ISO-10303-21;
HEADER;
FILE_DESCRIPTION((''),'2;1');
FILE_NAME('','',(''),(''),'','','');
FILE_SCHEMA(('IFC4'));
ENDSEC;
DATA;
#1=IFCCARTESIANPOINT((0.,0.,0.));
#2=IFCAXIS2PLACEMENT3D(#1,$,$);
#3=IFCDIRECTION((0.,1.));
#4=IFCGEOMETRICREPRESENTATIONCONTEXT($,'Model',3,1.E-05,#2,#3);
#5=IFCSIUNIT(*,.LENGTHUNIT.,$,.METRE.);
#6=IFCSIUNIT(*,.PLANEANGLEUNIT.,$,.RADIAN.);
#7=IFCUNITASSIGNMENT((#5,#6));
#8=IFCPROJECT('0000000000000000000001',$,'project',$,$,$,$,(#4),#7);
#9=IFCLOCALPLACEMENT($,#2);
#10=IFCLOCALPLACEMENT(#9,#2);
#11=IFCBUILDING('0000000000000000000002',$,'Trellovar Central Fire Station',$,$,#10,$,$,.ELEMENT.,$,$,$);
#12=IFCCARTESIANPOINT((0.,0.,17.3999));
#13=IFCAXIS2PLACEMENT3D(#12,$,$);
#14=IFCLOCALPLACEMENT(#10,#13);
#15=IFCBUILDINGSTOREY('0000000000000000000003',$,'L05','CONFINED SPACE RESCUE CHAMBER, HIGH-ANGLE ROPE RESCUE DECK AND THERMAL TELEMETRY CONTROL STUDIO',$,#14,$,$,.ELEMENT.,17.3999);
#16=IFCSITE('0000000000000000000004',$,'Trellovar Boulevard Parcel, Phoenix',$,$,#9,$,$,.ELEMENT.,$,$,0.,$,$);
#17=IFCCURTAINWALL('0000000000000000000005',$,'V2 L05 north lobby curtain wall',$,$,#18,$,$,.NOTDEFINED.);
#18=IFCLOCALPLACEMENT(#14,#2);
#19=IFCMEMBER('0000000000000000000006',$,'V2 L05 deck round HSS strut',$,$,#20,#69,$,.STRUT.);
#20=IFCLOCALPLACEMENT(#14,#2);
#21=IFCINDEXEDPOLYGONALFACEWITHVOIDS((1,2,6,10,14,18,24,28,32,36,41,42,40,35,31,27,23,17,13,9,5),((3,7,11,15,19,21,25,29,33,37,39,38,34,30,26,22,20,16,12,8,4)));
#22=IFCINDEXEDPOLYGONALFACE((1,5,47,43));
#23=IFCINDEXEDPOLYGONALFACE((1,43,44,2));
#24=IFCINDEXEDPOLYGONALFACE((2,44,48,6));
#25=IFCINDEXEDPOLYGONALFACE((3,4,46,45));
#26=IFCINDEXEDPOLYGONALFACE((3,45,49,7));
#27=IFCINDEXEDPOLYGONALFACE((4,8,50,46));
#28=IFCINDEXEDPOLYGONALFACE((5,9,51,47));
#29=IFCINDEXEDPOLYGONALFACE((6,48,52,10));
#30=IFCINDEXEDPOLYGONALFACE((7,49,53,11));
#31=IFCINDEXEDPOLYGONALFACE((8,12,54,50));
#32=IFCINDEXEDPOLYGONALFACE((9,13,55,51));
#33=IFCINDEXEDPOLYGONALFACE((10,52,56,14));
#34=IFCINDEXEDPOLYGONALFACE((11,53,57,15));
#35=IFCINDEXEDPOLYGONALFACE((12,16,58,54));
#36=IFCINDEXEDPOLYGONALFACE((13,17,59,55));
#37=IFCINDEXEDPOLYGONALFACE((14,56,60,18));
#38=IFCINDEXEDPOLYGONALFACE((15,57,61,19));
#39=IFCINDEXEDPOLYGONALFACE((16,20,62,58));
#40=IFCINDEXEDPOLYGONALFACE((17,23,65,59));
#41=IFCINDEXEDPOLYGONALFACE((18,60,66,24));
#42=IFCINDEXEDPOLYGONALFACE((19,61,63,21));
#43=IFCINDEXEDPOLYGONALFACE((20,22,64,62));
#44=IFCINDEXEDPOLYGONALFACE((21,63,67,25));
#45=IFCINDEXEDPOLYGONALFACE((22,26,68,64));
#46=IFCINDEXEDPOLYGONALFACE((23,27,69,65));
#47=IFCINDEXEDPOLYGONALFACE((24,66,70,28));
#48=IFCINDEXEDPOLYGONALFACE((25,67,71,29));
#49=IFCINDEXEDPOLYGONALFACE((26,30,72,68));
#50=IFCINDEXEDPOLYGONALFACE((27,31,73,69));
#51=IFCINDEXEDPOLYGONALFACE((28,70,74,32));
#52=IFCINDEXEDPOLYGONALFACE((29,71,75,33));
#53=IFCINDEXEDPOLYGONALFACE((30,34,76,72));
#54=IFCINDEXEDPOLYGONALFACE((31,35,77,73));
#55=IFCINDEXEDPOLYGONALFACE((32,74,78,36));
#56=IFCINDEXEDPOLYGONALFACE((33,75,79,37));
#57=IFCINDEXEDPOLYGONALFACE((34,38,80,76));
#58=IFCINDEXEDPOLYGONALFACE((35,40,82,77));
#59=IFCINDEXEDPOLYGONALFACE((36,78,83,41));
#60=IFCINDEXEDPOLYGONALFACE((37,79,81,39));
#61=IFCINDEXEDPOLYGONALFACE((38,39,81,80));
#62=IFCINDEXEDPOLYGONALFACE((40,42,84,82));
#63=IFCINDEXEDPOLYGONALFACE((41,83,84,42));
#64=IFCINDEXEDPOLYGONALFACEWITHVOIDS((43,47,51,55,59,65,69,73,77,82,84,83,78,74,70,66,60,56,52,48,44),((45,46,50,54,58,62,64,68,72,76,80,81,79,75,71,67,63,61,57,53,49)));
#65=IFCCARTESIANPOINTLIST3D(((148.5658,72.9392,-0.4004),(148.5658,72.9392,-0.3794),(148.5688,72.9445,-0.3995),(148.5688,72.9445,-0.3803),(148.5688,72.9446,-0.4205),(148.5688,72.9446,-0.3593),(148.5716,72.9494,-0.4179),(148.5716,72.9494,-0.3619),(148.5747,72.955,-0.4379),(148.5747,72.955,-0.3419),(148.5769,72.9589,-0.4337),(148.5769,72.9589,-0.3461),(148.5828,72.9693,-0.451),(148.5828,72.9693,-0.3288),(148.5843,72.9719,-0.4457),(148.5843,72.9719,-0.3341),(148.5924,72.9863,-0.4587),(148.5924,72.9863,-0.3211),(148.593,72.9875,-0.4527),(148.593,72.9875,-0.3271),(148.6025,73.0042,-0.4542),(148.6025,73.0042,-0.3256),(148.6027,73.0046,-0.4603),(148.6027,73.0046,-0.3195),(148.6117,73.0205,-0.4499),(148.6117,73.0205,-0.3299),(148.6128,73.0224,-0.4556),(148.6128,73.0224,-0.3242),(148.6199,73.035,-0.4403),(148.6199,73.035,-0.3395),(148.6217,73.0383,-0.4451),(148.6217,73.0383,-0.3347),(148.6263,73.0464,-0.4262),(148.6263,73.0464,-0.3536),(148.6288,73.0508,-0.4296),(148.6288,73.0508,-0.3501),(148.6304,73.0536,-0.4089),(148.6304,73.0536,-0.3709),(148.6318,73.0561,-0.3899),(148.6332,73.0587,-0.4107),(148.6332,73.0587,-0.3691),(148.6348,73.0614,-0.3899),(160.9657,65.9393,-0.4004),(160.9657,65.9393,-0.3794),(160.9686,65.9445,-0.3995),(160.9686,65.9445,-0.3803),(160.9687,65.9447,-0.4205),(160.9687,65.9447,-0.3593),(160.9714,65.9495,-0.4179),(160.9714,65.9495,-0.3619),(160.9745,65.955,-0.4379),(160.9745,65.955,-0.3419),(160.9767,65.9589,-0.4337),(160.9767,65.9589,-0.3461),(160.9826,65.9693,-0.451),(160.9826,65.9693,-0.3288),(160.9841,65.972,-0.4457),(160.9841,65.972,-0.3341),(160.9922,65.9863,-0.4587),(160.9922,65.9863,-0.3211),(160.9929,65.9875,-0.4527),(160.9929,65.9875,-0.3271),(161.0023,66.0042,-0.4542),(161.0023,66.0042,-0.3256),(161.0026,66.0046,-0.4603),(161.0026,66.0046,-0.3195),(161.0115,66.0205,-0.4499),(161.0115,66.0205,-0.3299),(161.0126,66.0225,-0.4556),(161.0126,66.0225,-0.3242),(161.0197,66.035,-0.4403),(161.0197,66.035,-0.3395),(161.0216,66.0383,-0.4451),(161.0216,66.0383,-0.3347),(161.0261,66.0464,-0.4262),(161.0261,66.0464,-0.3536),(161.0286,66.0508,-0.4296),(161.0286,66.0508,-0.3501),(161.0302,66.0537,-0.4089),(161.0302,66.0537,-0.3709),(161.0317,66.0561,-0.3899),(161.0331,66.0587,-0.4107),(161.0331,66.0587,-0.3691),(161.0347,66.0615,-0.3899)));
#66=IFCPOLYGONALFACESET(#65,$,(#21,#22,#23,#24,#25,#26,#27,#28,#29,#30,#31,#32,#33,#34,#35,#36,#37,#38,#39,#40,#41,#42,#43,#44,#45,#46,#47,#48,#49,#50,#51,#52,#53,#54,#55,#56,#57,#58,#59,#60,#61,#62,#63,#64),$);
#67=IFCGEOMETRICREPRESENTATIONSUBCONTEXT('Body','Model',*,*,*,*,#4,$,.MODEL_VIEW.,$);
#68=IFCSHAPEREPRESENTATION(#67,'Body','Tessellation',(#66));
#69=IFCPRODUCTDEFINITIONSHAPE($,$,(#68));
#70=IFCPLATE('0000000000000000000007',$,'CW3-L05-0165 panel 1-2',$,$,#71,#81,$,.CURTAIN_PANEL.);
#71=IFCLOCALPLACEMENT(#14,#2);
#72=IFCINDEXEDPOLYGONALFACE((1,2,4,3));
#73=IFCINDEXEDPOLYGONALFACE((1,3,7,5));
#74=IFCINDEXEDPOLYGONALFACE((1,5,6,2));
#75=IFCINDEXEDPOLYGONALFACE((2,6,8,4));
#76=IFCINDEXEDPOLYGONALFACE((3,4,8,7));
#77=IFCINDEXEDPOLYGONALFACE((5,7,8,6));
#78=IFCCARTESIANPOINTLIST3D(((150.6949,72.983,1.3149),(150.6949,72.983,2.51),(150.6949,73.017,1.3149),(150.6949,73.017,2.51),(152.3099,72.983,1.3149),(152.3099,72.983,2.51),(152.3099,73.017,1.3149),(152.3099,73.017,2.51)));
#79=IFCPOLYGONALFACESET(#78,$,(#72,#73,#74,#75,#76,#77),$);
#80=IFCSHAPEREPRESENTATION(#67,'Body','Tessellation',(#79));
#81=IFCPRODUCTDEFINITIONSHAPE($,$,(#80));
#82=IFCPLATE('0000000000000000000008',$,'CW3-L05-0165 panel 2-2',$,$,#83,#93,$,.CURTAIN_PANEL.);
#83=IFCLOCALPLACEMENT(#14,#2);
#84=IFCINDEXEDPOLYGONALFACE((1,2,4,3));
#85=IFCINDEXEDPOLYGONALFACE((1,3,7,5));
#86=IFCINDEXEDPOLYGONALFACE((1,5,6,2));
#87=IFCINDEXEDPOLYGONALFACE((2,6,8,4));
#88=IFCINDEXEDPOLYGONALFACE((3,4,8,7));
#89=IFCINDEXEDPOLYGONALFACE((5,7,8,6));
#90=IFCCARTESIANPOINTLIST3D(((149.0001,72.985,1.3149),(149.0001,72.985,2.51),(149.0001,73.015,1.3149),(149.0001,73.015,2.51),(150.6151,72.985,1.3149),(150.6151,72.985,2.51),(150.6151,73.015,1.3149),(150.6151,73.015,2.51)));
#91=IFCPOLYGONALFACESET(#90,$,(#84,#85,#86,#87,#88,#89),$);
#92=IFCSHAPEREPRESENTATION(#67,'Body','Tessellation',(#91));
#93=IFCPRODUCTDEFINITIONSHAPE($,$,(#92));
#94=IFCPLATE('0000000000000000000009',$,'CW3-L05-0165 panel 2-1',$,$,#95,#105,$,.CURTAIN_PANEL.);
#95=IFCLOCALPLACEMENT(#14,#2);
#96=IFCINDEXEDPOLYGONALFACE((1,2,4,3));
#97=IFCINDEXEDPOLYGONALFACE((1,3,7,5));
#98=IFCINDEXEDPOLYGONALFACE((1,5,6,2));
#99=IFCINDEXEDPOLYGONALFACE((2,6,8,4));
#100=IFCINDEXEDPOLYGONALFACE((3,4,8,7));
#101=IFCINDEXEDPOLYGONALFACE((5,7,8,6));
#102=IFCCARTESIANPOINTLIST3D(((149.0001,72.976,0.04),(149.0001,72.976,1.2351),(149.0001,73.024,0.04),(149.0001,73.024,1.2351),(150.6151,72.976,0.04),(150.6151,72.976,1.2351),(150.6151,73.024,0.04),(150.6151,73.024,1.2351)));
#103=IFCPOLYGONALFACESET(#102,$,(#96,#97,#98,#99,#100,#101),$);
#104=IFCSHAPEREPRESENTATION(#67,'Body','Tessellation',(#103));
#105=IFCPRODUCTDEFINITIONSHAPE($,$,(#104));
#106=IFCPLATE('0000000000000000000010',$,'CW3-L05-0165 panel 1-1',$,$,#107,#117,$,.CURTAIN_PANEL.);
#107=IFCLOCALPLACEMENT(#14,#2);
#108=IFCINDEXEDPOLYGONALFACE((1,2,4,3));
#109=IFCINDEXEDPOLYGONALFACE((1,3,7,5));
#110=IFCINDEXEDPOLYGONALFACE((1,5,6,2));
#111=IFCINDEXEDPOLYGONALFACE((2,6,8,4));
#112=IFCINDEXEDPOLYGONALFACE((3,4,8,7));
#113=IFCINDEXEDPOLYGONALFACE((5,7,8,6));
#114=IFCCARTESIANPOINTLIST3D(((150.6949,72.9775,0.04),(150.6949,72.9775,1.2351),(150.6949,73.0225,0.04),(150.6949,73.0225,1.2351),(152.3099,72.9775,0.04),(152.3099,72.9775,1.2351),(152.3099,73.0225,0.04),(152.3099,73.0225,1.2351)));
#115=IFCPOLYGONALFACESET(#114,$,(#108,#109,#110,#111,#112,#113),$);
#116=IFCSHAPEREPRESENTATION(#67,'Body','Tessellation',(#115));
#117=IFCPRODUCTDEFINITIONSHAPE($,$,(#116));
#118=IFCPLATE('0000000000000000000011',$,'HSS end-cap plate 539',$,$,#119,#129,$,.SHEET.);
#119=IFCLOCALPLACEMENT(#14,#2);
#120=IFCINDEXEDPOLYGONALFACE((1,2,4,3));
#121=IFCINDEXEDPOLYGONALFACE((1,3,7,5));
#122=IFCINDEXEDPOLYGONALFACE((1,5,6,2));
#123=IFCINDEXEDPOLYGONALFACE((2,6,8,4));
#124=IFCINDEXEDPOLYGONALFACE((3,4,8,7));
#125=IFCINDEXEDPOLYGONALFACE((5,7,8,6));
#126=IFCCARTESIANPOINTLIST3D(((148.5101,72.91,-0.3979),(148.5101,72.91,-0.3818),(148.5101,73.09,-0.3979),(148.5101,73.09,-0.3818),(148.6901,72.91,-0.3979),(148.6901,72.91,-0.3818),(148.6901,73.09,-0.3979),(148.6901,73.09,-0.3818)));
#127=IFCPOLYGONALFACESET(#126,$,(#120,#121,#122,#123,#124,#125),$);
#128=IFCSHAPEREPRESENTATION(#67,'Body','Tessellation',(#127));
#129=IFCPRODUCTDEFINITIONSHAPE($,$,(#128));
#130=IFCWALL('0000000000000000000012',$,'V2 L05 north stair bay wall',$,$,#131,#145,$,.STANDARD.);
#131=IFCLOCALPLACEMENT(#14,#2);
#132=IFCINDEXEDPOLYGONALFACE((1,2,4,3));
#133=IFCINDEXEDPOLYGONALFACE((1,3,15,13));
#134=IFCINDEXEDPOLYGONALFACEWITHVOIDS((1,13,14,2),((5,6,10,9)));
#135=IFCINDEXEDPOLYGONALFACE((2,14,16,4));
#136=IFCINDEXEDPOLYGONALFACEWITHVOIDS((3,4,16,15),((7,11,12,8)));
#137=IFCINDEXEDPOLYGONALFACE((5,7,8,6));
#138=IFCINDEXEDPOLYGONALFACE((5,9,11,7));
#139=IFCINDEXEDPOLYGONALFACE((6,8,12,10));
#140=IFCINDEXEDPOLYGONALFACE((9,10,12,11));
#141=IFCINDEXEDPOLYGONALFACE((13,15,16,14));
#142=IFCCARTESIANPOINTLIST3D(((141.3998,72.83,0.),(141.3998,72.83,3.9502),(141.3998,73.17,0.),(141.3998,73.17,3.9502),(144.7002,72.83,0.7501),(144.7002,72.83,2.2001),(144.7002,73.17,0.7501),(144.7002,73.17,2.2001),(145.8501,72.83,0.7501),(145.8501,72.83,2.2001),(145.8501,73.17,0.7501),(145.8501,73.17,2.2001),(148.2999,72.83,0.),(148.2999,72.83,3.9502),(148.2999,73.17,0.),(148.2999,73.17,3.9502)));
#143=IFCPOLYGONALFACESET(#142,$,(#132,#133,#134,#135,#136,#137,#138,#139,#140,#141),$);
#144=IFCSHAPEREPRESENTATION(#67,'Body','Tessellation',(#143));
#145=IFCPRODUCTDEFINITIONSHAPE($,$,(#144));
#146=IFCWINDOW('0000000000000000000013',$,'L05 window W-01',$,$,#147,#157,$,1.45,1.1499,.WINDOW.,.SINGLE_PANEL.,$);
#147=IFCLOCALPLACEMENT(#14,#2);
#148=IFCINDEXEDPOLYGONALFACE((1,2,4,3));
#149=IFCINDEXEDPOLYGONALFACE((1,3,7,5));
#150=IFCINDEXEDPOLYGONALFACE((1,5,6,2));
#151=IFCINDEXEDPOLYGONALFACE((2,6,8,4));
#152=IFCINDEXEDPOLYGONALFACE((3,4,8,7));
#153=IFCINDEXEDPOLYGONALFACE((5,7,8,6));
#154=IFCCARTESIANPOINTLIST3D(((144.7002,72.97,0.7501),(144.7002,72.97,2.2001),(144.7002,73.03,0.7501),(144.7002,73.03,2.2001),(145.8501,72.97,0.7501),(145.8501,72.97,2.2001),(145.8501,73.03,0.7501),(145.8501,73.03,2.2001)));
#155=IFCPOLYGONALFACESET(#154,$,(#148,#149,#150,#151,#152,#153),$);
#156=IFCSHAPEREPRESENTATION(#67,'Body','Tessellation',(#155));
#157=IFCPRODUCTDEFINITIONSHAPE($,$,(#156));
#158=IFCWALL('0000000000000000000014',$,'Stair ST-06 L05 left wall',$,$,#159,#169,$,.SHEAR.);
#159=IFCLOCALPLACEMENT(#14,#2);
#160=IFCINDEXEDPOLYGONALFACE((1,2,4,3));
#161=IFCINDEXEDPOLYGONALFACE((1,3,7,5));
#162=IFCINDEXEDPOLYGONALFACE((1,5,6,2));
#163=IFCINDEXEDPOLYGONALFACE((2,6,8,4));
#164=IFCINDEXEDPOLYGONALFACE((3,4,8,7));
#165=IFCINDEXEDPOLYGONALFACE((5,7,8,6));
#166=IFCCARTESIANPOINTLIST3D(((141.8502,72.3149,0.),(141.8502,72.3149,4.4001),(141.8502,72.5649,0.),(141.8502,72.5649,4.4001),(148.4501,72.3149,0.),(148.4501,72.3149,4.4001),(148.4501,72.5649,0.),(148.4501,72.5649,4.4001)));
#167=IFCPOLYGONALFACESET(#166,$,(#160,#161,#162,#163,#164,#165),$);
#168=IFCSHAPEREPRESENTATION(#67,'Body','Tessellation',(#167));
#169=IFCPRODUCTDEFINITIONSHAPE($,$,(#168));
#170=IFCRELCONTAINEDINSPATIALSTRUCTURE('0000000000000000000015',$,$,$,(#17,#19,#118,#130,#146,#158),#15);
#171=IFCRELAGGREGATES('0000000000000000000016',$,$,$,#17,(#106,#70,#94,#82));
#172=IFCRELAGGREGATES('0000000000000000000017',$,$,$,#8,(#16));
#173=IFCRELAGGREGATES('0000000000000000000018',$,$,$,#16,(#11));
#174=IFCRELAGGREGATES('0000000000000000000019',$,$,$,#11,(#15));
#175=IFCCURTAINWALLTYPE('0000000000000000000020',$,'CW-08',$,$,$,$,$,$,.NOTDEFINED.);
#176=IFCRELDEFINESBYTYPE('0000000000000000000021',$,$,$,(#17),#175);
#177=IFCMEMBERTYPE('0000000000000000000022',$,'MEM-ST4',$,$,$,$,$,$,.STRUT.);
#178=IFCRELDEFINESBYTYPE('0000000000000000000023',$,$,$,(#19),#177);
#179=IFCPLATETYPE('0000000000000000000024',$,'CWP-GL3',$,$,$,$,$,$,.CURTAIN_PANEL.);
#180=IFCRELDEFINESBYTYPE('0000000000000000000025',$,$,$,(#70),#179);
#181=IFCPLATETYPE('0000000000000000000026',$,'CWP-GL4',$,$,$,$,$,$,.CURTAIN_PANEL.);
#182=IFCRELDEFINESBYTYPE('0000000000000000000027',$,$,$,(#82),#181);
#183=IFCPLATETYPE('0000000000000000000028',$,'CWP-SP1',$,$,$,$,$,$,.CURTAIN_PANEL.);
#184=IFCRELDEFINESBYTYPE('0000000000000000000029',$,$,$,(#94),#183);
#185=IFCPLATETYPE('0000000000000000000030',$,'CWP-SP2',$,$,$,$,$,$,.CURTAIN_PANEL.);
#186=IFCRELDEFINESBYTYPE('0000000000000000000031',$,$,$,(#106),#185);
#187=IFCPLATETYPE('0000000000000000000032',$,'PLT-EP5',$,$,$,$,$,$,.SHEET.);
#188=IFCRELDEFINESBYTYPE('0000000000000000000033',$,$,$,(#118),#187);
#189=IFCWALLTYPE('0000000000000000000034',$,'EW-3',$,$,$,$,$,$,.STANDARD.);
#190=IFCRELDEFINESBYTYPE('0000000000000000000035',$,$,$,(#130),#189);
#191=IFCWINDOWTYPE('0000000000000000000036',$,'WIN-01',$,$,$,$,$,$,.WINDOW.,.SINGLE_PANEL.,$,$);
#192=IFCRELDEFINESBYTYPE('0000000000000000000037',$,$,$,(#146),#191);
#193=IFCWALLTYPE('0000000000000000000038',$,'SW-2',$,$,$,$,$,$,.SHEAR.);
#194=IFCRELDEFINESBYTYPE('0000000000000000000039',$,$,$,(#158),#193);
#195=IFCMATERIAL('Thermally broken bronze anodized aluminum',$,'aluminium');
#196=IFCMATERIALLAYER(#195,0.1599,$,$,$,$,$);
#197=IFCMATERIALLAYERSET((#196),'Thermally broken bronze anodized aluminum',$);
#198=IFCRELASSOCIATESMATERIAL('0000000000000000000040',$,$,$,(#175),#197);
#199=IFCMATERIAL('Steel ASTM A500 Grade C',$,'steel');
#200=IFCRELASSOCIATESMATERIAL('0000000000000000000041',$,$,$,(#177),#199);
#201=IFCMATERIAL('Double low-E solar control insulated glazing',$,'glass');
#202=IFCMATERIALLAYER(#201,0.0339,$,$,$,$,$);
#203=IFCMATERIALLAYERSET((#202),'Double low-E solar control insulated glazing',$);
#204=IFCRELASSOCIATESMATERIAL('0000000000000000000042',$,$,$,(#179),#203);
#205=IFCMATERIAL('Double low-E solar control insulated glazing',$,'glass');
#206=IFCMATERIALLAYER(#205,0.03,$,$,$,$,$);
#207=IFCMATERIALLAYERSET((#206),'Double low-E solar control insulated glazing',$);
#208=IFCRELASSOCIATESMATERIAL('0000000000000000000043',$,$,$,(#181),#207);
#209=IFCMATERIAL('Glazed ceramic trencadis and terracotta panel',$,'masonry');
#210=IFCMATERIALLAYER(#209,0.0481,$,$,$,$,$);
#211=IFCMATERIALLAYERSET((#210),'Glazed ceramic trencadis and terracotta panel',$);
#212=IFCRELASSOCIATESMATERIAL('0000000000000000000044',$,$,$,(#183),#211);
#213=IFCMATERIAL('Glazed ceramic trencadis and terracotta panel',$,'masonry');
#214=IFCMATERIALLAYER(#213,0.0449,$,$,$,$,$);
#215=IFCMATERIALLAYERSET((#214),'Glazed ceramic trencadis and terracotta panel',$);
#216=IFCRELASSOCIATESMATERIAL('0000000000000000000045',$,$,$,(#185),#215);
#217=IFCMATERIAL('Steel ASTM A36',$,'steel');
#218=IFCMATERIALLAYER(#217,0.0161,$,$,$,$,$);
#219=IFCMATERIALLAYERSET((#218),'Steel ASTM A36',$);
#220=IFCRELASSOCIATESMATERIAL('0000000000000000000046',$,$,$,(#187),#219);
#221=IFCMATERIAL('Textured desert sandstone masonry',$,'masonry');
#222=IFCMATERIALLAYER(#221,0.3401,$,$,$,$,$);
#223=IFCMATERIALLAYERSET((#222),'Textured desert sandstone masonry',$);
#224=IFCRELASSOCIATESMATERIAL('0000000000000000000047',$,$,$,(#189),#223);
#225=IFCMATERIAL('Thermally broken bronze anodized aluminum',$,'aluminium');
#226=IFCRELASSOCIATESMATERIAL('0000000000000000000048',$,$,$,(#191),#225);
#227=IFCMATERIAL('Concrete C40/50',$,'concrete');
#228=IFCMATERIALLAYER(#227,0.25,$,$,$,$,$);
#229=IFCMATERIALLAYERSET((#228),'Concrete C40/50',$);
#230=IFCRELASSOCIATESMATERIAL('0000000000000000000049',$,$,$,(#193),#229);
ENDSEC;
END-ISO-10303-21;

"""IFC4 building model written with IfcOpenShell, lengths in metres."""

from ifc_helpers import new_model, si_unit, direction, frame, frame_2d, origin, origin_2d, place, context, subcontext, project, spatial, rectangle, hollow_circle, extrude, material, layer, layer_set, material_profile, profile_set, type_object, element, fill, aggregate, save


model = new_model("IFC4")

# Units and contexts
model_context = context("Model", 3, precision=1e-05, world=origin(), true_north=direction((0.0, 1.0)))
body_context = subcontext(model_context, "Body", "Model", "MODEL_VIEW")
ifc_project = project(units=[si_unit("LENGTHUNIT", "METRE"), si_unit("PLANEANGLEUNIT", "RADIAN")], contexts=[model_context])

# Site, building, storey
site_placement = place(None, origin())
site = spatial("IfcSite", under=ifc_project, at=site_placement, Name="Trellovar Boulevard Parcel, Phoenix", CompositionType="ELEMENT", RefElevation=0.0)
building_placement = place(site_placement, origin())
building = spatial("IfcBuilding", under=site, at=building_placement, Name="Trellovar Central Fire Station", CompositionType="ELEMENT")
storey_placement = place(building_placement, frame((0.0, 0.0, 17.3999)))
storey = spatial("IfcBuildingStorey", under=building, at=storey_placement, Name="L05", Description="CONFINED SPACE RESCUE CHAMBER, HIGH-ANGLE ROPE RESCUE DECK AND THERMAL TELEMETRY CONTROL STUDIO", CompositionType="ELEMENT", Elevation=17.3999)

# Curtain wall
ifc_material_1 = material(Name="Thermally broken bronze anodized aluminum", Category="aluminium")
ifc_layer_1 = layer(ifc_material_1, 0.1599)
ifc_layer_set_1 = layer_set([ifc_layer_1], Name="Thermally broken bronze anodized aluminum")
curtain_wall_type = type_object("IfcCurtainWallType", Name="CW-08", PredefinedType="NOTDEFINED", material=ifc_layer_set_1)
curtain_wall_placement = place(storey_placement, origin())
curtain_wall = element("IfcCurtainWall", 1, at=curtain_wall_placement, inside=storey, type_object=curtain_wall_type, Name="V2 L05 north lobby curtain wall", PredefinedType="NOTDEFINED")

# Member
ifc_material_2 = material(Name="Steel ASTM A500 Grade C", Category="steel")
ifc_material_profile_1 = material_profile(ifc_material_2, hollow_circle(Radius=0.0706, WallThickness=0.0061, at=origin_2d()), Name="HSS5.563X0.258")
ifc_profile_set_1 = profile_set([ifc_material_profile_1], Name="Steel ASTM A500 Grade C")
member_type_1 = type_object("IfcMemberType", Name="MEM-ST4", PredefinedType="STRUT", material=ifc_profile_set_1)
member_1_placement = place(storey_placement, frame((148.6001, 73.0, -0.3899), z_axis=(0.870823, -0.491597, 0.0), x_axis=(0.491597, 0.870823, 0.0)))
element("IfcMember", 2, at=member_1_placement, inside=storey, type_object=member_type_1, Name="V2 L05 deck round HSS strut", PredefinedType="STRUT", context=body_context, shape_type="SweptSolid", body=[
    extrude(hollow_circle(Radius=0.0706, WallThickness=0.0061, at=origin_2d()), origin(), (0.0, 0.0, 1.0), 14.2393),
])

# Plates
ifc_material_3 = material(Name="Double low-E solar control insulated glazing", Category="glass")
ifc_layer_2 = layer(ifc_material_3, 0.0339)
ifc_layer_set_2 = layer_set([ifc_layer_2], Name="Double low-E solar control insulated glazing")
plate_type_1 = type_object("IfcPlateType", Name="CWP-GL3", PredefinedType="CURTAIN_PANEL", material=ifc_layer_set_2)
plate_1_placement = place(storey_placement, frame((151.5024, 73.0, 1.3149), z_axis=(0.0, 0.0, 1.0), x_axis=(-1.0, 0.0, 0.0)))
plate_1 = element("IfcPlate", 3, at=plate_1_placement, type_object=plate_type_1, Name="CW3-L05-0165 panel 1-2", PredefinedType="CURTAIN_PANEL", context=body_context, shape_type="SweptSolid", body=[
    extrude(rectangle(XDim=1.615, YDim=0.0339, at=origin_2d()), origin(), (0.0, 0.0, 1.0), 1.1951),
])
ifc_material_4 = material(Name="Double low-E solar control insulated glazing", Category="glass")
ifc_layer_3 = layer(ifc_material_4, 0.03)
ifc_layer_set_3 = layer_set([ifc_layer_3], Name="Double low-E solar control insulated glazing")
plate_type_2 = type_object("IfcPlateType", Name="CWP-GL4", PredefinedType="CURTAIN_PANEL", material=ifc_layer_set_3)
plate_2_placement = place(storey_placement, frame((149.8076, 73.0, 1.3149), z_axis=(0.0, 0.0, 1.0), x_axis=(-1.0, 0.0, 0.0)))
plate_2 = element("IfcPlate", 4, at=plate_2_placement, type_object=plate_type_2, Name="CW3-L05-0165 panel 2-2", PredefinedType="CURTAIN_PANEL", context=body_context, shape_type="SweptSolid", body=[
    extrude(rectangle(XDim=1.615, YDim=0.03, at=origin_2d()), origin(), (0.0, 0.0, 1.0), 1.1951),
])
ifc_material_5 = material(Name="Glazed ceramic trencadis and terracotta panel", Category="masonry")
ifc_layer_4 = layer(ifc_material_5, 0.0481)
ifc_layer_set_4 = layer_set([ifc_layer_4], Name="Glazed ceramic trencadis and terracotta panel")
plate_type_3 = type_object("IfcPlateType", Name="CWP-SP1", PredefinedType="CURTAIN_PANEL", material=ifc_layer_set_4)
plate_3_placement = place(storey_placement, frame((149.8076, 73.0, 0.04), z_axis=(0.0, 0.0, 1.0), x_axis=(-1.0, 0.0, 0.0)))
plate_3 = element("IfcPlate", 5, at=plate_3_placement, type_object=plate_type_3, Name="CW3-L05-0165 panel 2-1", PredefinedType="CURTAIN_PANEL", context=body_context, shape_type="SweptSolid", body=[
    extrude(rectangle(XDim=1.615, YDim=0.0481, at=origin_2d()), origin(), (0.0, 0.0, 1.0), 1.1951),
])
ifc_material_6 = material(Name="Glazed ceramic trencadis and terracotta panel", Category="masonry")
ifc_layer_5 = layer(ifc_material_6, 0.0449)
ifc_layer_set_5 = layer_set([ifc_layer_5], Name="Glazed ceramic trencadis and terracotta panel")
plate_type_4 = type_object("IfcPlateType", Name="CWP-SP2", PredefinedType="CURTAIN_PANEL", material=ifc_layer_set_5)
plate_4_placement = place(storey_placement, frame((151.5024, 73.0, 0.04), z_axis=(0.0, 0.0, 1.0), x_axis=(-1.0, 0.0, 0.0)))
plate_4 = element("IfcPlate", 6, at=plate_4_placement, type_object=plate_type_4, Name="CW3-L05-0165 panel 1-1", PredefinedType="CURTAIN_PANEL", context=body_context, shape_type="SweptSolid", body=[
    extrude(rectangle(XDim=1.615, YDim=0.0449, at=origin_2d()), origin(), (0.0, 0.0, 1.0), 1.1951),
])
aggregate(curtain_wall, [plate_4, plate_1, plate_3, plate_2])
ifc_material_7 = material(Name="Steel ASTM A36", Category="steel")
ifc_layer_6 = layer(ifc_material_7, 0.0161)
ifc_layer_set_6 = layer_set([ifc_layer_6], Name="Steel ASTM A36")
plate_type_5 = type_object("IfcPlateType", Name="PLT-EP5", PredefinedType="SHEET", material=ifc_layer_set_6)
plate_5_placement = place(storey_placement, frame((148.6001, 73.0, -0.3979), z_axis=(0.0, 0.0, 1.0), x_axis=(1.0, 0.0, 0.0)))
element("IfcPlate", 7, at=plate_5_placement, inside=storey, type_object=plate_type_5, Name="HSS end-cap plate 539", PredefinedType="SHEET", context=body_context, shape_type="SweptSolid", body=[
    extrude(rectangle(XDim=0.1799, YDim=0.1799, at=origin_2d()), origin(), (0.0, 0.0, 1.0), 0.0161),
])

# Wall, opening, window
ifc_material_8 = material(Name="Textured desert sandstone masonry", Category="masonry")
ifc_layer_7 = layer(ifc_material_8, 0.3401)
ifc_layer_set_7 = layer_set([ifc_layer_7], Name="Textured desert sandstone masonry")
wall_type_1 = type_object("IfcWallType", Name="EW-3", PredefinedType="STANDARD", material=ifc_layer_set_7)
wall_1_placement = place(storey_placement, frame((148.3, 73.0, 0.0), z_axis=(0.0, 0.0, 1.0), x_axis=(-1.0, 0.0, 0.0)))
wall_1 = element("IfcWall", 8, at=wall_1_placement, inside=storey, type_object=wall_type_1, Name="V2 L05 north stair bay wall", PredefinedType="STANDARD", context=body_context, shape_type="SweptSolid", body=[
    extrude(rectangle(XDim=6.9001, YDim=0.3401, at=frame_2d((3.4502, 0.0))), origin(), (0.0, 0.0, 1.0), 3.9502),
])
opening_1_placement = place(wall_1_placement, frame((2.45, 0.0, 0.75)))
opening_1 = element("IfcOpeningElement", 9, at=opening_1_placement, cuts=wall_1, PredefinedType="OPENING", context=body_context, shape_type="SweptSolid", body=[
    extrude(rectangle(XDim=1.1499, YDim=1.45, at=frame_2d((0.575, 0.7251))), frame((0.0, 0.1799, 0.0), z_axis=(0.0, -1.0, 0.0), x_axis=(1.0, 0.0, 0.0)), (0.0, 0.0, 1.0), 0.3601),
])
ifc_material_9 = material(Name="Thermally broken bronze anodized aluminum", Category="aluminium")
window_type = type_object("IfcWindowType", Name="WIN-01", PartitioningType="SINGLE_PANEL", PredefinedType="WINDOW", material=ifc_material_9)
window_placement = place(opening_1_placement, origin())
window = element("IfcWindow", 10, at=window_placement, inside=storey, type_object=window_type, Name="L05 window W-01", OverallHeight=1.45, OverallWidth=1.1499, PartitioningType="SINGLE_PANEL", PredefinedType="WINDOW", context=body_context, shape_type="SweptSolid", body=[
    extrude(rectangle(XDim=1.1499, YDim=1.45, at=frame_2d((0.575, 0.7251))), frame((0.0, 0.03, 0.0), z_axis=(0.0, -1.0, 0.0), x_axis=(1.0, 0.0, 0.0)), (0.0, 0.0, 1.0), 0.0601),
])
fill(opening_1, window)

# Wall
ifc_material_10 = material(Name="Concrete C40/50", Category="concrete")
ifc_layer_8 = layer(ifc_material_10, 0.25)
ifc_layer_set_8 = layer_set([ifc_layer_8], Name="Concrete C40/50")
wall_type_2 = type_object("IfcWallType", Name="SW-2", PredefinedType="SHEAR", material=ifc_layer_set_8)
wall_2_placement = place(storey_placement, frame((148.45, 72.4399, 0.0), z_axis=(0.0, 0.0, 1.0), x_axis=(-1.0, 0.0, 0.0)))
element("IfcWall", 11, at=wall_2_placement, inside=storey, type_object=wall_type_2, Name="Stair ST-06 L05 left wall", PredefinedType="SHEAR", context=body_context, shape_type="SweptSolid", body=[
    extrude(rectangle(XDim=6.5999, YDim=0.25, at=frame_2d((3.2998, 0.0))), origin(), (0.0, 0.0, 1.0), 4.4001),
])

save(model, "model.ifc")
